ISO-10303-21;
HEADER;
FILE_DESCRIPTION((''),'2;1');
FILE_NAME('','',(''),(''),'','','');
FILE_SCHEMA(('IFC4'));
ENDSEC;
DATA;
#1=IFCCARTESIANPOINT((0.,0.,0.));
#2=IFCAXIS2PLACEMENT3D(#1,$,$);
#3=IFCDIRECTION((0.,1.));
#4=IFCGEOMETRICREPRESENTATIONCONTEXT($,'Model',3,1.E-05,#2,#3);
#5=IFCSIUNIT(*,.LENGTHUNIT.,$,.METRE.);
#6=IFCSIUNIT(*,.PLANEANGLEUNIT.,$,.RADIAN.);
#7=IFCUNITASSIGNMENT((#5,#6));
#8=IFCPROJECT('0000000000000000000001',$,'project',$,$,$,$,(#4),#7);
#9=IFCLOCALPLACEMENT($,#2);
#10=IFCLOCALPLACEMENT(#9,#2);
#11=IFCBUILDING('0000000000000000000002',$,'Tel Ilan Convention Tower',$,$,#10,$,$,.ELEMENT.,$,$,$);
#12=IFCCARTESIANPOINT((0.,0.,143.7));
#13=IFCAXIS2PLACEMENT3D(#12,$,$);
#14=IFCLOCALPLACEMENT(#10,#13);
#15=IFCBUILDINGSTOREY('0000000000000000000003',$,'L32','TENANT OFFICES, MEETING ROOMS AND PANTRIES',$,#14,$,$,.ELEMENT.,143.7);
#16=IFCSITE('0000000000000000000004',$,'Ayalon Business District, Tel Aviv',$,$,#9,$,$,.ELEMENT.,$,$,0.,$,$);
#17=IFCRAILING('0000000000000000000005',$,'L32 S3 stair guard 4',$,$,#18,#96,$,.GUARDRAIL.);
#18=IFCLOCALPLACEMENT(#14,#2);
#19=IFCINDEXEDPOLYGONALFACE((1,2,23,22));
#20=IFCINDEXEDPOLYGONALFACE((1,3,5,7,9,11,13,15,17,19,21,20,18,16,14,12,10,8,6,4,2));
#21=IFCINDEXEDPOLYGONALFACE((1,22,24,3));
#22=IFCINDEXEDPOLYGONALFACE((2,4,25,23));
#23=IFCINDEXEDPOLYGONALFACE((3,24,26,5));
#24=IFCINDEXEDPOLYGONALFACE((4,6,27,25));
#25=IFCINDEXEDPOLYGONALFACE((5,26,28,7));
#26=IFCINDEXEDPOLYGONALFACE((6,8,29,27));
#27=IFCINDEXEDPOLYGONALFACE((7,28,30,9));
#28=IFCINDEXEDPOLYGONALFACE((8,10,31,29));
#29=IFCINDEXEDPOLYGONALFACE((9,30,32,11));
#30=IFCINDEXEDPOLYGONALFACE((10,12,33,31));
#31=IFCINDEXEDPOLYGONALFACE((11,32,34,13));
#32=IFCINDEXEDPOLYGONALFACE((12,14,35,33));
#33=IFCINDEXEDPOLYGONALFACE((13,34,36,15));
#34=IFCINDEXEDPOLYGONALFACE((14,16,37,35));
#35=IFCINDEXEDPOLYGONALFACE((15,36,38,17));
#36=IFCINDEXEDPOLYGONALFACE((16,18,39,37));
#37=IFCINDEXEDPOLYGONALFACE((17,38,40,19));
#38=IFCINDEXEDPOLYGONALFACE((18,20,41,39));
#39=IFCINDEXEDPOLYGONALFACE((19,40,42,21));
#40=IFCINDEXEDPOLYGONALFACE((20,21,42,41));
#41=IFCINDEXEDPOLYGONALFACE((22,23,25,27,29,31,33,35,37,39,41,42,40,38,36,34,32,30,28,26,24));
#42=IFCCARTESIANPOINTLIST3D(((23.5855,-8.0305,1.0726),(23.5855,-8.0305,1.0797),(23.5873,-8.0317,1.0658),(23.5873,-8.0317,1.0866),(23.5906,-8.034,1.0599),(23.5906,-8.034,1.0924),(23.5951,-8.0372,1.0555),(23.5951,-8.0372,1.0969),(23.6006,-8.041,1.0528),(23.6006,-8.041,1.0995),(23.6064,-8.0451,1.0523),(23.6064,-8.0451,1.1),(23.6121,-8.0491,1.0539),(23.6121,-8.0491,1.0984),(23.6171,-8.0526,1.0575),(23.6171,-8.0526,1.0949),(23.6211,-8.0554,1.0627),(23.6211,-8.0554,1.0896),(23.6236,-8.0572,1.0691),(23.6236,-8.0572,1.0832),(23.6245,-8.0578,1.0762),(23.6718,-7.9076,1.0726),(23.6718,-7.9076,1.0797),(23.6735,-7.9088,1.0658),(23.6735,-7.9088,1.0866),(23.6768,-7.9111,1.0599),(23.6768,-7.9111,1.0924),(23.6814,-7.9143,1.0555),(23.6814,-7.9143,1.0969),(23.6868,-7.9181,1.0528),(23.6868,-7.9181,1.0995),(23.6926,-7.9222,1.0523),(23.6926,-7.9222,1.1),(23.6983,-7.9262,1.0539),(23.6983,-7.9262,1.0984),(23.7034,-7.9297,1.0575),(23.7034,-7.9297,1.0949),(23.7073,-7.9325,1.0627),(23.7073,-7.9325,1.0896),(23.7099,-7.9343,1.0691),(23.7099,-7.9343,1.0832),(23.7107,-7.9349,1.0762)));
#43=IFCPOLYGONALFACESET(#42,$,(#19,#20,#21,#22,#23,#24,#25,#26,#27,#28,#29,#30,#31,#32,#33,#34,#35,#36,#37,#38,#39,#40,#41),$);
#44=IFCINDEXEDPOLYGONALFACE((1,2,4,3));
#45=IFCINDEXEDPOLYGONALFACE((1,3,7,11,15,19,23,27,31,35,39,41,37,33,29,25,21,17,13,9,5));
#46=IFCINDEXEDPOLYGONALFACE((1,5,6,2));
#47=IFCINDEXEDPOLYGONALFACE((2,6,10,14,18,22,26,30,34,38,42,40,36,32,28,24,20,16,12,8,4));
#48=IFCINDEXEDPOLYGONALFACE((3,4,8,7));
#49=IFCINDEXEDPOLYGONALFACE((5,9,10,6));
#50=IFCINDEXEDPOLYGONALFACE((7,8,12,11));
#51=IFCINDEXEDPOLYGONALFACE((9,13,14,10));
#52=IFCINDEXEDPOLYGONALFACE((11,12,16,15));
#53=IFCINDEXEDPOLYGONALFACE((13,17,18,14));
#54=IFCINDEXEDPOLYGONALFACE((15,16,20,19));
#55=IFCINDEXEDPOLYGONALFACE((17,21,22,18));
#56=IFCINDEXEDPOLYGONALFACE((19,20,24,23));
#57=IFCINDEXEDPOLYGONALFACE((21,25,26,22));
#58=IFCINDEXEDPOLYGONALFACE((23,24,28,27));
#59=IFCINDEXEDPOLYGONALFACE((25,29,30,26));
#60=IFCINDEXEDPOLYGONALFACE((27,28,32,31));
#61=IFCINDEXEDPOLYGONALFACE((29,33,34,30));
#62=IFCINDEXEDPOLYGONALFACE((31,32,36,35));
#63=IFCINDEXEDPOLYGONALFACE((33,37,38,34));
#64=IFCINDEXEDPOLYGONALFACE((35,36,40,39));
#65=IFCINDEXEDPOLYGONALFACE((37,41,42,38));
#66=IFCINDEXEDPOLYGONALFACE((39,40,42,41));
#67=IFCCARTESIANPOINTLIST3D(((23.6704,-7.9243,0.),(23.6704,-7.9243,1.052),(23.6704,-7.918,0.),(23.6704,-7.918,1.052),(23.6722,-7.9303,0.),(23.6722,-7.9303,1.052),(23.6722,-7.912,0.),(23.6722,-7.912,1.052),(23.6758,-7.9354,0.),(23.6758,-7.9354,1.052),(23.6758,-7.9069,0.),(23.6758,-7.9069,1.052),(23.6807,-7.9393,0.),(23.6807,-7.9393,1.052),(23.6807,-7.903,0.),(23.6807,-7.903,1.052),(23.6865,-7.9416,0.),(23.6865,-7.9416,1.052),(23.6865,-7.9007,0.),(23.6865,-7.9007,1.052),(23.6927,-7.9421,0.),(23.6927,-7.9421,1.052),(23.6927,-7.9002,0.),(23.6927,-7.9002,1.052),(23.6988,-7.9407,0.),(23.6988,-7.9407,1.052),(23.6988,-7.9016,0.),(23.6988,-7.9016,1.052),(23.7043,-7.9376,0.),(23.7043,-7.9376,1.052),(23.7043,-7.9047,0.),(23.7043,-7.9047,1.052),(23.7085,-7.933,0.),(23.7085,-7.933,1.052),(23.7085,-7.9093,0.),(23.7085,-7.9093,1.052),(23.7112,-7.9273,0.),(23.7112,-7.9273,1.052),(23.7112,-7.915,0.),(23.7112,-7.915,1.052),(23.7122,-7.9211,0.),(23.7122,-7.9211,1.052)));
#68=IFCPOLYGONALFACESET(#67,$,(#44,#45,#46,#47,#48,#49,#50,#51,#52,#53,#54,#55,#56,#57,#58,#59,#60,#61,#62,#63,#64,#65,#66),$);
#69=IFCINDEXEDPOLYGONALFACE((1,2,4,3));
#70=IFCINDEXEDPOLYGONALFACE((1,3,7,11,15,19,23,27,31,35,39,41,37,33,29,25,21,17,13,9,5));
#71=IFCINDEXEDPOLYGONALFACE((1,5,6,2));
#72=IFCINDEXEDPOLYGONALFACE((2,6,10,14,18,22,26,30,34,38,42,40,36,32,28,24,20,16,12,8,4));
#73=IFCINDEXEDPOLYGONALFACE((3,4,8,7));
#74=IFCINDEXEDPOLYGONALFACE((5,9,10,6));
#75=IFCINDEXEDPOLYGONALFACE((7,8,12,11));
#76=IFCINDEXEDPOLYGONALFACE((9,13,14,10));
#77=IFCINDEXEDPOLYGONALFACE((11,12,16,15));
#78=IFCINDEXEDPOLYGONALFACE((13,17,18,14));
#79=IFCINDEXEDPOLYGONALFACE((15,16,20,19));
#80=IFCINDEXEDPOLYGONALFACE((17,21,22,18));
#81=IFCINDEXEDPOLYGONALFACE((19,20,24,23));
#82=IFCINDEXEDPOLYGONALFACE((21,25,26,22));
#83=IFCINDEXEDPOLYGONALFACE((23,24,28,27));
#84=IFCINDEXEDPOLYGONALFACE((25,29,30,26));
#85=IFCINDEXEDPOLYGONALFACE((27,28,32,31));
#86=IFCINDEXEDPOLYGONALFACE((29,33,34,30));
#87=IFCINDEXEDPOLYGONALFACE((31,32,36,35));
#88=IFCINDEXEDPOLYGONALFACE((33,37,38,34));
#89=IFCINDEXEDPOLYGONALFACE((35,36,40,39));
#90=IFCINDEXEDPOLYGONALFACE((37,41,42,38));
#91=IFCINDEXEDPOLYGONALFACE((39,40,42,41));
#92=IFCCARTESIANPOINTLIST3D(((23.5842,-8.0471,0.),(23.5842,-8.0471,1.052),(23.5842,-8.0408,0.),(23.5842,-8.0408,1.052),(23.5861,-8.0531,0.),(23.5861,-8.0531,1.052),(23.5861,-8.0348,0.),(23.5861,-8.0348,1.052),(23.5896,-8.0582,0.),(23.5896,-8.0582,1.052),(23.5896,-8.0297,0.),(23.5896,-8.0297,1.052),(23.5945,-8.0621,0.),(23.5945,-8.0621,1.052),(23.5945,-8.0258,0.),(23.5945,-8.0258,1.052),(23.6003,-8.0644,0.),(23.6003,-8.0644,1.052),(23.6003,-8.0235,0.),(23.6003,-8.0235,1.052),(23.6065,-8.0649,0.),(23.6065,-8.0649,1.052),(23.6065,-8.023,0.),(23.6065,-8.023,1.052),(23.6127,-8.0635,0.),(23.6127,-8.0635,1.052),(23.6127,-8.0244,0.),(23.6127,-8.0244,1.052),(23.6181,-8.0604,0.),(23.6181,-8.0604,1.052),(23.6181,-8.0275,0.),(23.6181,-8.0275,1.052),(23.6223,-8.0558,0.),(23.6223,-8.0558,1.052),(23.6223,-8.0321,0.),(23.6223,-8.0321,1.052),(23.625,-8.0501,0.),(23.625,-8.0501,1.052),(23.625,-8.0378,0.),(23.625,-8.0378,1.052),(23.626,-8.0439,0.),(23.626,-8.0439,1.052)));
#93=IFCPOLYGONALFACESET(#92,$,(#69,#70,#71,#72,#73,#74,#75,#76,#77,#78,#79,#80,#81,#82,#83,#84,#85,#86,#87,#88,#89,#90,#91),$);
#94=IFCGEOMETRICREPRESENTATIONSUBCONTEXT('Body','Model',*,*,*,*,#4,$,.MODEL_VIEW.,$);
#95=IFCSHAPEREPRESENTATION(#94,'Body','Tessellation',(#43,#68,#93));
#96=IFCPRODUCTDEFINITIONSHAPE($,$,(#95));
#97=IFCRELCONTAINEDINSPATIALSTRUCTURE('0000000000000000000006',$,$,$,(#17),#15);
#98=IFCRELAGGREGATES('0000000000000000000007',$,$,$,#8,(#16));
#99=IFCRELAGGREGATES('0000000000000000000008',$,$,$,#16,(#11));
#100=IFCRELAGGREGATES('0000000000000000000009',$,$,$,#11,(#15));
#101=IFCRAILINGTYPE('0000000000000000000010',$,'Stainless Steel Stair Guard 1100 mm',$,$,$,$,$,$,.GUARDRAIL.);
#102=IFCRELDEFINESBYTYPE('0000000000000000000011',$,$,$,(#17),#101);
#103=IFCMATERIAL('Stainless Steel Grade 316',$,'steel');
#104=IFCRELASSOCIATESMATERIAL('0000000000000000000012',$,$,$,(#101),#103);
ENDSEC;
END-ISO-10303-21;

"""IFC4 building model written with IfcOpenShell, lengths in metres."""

from ifc_helpers import new_model, si_unit, direction, frame, origin, origin_2d, place, context, subcontext, project, spatial, circle, extrude, material, type_object, element, save


model = new_model("IFC4")

# Units and contexts
model_context = context("Model", 3, precision=1e-05, world=origin(), true_north=direction((0.0, 1.0)))
body_context = subcontext(model_context, "Body", "Model", "MODEL_VIEW")
ifc_project = project(units=[si_unit("LENGTHUNIT", "METRE"), si_unit("PLANEANGLEUNIT", "RADIAN")], contexts=[model_context])

# Site, building, storey
site_placement = place(None, origin())
site = spatial("IfcSite", under=ifc_project, at=site_placement, Name="Ayalon Business District, Tel Aviv", CompositionType="ELEMENT", RefElevation=0.0)
building_placement = place(site_placement, origin())
building = spatial("IfcBuilding", under=site, at=building_placement, Name="Tel Ilan Convention Tower", CompositionType="ELEMENT")
storey_placement = place(building_placement, frame((0.0, 0.0, 143.7)))
storey = spatial("IfcBuildingStorey", under=building, at=storey_placement, Name="L32", Description="TENANT OFFICES, MEETING ROOMS AND PANTRIES", CompositionType="ELEMENT", Elevation=143.7)

# Railing
ifc_material_1 = material(Name="Stainless Steel Grade 316", Category="steel")
railing_type_1 = type_object("IfcRailingType", Name="Stainless Steel Stair Guard 1100 mm", PredefinedType="GUARDRAIL", material=ifc_material_1)
railing_1_placement = place(storey_placement, frame((23.6912, -7.9211, 0.0)))
element("IfcRailing", 1, at=railing_1_placement, inside=storey, type_object=railing_type_1, Name="L32 S3 stair guard 4", PredefinedType="GUARDRAIL", context=body_context, shape_type="SweptSolid", body=[
    extrude(circle(Radius=0.0239, at=origin_2d()), frame((0.0, 0.0, 1.0762), z_axis=(-0.574445, -0.818543, 0.0), x_axis=(0.818543, -0.574445, 0.0)), (0.0, 0.0, 1.0), 0.1501),
    extrude(circle(Radius=0.021, at=origin_2d()), origin(), (0.0, 0.0, 1.0), 1.052),
    extrude(circle(Radius=0.021, at=origin_2d()), frame((-0.0862, -0.1228, 0.0)), (0.0, 0.0, 1.0), 1.052),
])

save(model, "model.ifc")
